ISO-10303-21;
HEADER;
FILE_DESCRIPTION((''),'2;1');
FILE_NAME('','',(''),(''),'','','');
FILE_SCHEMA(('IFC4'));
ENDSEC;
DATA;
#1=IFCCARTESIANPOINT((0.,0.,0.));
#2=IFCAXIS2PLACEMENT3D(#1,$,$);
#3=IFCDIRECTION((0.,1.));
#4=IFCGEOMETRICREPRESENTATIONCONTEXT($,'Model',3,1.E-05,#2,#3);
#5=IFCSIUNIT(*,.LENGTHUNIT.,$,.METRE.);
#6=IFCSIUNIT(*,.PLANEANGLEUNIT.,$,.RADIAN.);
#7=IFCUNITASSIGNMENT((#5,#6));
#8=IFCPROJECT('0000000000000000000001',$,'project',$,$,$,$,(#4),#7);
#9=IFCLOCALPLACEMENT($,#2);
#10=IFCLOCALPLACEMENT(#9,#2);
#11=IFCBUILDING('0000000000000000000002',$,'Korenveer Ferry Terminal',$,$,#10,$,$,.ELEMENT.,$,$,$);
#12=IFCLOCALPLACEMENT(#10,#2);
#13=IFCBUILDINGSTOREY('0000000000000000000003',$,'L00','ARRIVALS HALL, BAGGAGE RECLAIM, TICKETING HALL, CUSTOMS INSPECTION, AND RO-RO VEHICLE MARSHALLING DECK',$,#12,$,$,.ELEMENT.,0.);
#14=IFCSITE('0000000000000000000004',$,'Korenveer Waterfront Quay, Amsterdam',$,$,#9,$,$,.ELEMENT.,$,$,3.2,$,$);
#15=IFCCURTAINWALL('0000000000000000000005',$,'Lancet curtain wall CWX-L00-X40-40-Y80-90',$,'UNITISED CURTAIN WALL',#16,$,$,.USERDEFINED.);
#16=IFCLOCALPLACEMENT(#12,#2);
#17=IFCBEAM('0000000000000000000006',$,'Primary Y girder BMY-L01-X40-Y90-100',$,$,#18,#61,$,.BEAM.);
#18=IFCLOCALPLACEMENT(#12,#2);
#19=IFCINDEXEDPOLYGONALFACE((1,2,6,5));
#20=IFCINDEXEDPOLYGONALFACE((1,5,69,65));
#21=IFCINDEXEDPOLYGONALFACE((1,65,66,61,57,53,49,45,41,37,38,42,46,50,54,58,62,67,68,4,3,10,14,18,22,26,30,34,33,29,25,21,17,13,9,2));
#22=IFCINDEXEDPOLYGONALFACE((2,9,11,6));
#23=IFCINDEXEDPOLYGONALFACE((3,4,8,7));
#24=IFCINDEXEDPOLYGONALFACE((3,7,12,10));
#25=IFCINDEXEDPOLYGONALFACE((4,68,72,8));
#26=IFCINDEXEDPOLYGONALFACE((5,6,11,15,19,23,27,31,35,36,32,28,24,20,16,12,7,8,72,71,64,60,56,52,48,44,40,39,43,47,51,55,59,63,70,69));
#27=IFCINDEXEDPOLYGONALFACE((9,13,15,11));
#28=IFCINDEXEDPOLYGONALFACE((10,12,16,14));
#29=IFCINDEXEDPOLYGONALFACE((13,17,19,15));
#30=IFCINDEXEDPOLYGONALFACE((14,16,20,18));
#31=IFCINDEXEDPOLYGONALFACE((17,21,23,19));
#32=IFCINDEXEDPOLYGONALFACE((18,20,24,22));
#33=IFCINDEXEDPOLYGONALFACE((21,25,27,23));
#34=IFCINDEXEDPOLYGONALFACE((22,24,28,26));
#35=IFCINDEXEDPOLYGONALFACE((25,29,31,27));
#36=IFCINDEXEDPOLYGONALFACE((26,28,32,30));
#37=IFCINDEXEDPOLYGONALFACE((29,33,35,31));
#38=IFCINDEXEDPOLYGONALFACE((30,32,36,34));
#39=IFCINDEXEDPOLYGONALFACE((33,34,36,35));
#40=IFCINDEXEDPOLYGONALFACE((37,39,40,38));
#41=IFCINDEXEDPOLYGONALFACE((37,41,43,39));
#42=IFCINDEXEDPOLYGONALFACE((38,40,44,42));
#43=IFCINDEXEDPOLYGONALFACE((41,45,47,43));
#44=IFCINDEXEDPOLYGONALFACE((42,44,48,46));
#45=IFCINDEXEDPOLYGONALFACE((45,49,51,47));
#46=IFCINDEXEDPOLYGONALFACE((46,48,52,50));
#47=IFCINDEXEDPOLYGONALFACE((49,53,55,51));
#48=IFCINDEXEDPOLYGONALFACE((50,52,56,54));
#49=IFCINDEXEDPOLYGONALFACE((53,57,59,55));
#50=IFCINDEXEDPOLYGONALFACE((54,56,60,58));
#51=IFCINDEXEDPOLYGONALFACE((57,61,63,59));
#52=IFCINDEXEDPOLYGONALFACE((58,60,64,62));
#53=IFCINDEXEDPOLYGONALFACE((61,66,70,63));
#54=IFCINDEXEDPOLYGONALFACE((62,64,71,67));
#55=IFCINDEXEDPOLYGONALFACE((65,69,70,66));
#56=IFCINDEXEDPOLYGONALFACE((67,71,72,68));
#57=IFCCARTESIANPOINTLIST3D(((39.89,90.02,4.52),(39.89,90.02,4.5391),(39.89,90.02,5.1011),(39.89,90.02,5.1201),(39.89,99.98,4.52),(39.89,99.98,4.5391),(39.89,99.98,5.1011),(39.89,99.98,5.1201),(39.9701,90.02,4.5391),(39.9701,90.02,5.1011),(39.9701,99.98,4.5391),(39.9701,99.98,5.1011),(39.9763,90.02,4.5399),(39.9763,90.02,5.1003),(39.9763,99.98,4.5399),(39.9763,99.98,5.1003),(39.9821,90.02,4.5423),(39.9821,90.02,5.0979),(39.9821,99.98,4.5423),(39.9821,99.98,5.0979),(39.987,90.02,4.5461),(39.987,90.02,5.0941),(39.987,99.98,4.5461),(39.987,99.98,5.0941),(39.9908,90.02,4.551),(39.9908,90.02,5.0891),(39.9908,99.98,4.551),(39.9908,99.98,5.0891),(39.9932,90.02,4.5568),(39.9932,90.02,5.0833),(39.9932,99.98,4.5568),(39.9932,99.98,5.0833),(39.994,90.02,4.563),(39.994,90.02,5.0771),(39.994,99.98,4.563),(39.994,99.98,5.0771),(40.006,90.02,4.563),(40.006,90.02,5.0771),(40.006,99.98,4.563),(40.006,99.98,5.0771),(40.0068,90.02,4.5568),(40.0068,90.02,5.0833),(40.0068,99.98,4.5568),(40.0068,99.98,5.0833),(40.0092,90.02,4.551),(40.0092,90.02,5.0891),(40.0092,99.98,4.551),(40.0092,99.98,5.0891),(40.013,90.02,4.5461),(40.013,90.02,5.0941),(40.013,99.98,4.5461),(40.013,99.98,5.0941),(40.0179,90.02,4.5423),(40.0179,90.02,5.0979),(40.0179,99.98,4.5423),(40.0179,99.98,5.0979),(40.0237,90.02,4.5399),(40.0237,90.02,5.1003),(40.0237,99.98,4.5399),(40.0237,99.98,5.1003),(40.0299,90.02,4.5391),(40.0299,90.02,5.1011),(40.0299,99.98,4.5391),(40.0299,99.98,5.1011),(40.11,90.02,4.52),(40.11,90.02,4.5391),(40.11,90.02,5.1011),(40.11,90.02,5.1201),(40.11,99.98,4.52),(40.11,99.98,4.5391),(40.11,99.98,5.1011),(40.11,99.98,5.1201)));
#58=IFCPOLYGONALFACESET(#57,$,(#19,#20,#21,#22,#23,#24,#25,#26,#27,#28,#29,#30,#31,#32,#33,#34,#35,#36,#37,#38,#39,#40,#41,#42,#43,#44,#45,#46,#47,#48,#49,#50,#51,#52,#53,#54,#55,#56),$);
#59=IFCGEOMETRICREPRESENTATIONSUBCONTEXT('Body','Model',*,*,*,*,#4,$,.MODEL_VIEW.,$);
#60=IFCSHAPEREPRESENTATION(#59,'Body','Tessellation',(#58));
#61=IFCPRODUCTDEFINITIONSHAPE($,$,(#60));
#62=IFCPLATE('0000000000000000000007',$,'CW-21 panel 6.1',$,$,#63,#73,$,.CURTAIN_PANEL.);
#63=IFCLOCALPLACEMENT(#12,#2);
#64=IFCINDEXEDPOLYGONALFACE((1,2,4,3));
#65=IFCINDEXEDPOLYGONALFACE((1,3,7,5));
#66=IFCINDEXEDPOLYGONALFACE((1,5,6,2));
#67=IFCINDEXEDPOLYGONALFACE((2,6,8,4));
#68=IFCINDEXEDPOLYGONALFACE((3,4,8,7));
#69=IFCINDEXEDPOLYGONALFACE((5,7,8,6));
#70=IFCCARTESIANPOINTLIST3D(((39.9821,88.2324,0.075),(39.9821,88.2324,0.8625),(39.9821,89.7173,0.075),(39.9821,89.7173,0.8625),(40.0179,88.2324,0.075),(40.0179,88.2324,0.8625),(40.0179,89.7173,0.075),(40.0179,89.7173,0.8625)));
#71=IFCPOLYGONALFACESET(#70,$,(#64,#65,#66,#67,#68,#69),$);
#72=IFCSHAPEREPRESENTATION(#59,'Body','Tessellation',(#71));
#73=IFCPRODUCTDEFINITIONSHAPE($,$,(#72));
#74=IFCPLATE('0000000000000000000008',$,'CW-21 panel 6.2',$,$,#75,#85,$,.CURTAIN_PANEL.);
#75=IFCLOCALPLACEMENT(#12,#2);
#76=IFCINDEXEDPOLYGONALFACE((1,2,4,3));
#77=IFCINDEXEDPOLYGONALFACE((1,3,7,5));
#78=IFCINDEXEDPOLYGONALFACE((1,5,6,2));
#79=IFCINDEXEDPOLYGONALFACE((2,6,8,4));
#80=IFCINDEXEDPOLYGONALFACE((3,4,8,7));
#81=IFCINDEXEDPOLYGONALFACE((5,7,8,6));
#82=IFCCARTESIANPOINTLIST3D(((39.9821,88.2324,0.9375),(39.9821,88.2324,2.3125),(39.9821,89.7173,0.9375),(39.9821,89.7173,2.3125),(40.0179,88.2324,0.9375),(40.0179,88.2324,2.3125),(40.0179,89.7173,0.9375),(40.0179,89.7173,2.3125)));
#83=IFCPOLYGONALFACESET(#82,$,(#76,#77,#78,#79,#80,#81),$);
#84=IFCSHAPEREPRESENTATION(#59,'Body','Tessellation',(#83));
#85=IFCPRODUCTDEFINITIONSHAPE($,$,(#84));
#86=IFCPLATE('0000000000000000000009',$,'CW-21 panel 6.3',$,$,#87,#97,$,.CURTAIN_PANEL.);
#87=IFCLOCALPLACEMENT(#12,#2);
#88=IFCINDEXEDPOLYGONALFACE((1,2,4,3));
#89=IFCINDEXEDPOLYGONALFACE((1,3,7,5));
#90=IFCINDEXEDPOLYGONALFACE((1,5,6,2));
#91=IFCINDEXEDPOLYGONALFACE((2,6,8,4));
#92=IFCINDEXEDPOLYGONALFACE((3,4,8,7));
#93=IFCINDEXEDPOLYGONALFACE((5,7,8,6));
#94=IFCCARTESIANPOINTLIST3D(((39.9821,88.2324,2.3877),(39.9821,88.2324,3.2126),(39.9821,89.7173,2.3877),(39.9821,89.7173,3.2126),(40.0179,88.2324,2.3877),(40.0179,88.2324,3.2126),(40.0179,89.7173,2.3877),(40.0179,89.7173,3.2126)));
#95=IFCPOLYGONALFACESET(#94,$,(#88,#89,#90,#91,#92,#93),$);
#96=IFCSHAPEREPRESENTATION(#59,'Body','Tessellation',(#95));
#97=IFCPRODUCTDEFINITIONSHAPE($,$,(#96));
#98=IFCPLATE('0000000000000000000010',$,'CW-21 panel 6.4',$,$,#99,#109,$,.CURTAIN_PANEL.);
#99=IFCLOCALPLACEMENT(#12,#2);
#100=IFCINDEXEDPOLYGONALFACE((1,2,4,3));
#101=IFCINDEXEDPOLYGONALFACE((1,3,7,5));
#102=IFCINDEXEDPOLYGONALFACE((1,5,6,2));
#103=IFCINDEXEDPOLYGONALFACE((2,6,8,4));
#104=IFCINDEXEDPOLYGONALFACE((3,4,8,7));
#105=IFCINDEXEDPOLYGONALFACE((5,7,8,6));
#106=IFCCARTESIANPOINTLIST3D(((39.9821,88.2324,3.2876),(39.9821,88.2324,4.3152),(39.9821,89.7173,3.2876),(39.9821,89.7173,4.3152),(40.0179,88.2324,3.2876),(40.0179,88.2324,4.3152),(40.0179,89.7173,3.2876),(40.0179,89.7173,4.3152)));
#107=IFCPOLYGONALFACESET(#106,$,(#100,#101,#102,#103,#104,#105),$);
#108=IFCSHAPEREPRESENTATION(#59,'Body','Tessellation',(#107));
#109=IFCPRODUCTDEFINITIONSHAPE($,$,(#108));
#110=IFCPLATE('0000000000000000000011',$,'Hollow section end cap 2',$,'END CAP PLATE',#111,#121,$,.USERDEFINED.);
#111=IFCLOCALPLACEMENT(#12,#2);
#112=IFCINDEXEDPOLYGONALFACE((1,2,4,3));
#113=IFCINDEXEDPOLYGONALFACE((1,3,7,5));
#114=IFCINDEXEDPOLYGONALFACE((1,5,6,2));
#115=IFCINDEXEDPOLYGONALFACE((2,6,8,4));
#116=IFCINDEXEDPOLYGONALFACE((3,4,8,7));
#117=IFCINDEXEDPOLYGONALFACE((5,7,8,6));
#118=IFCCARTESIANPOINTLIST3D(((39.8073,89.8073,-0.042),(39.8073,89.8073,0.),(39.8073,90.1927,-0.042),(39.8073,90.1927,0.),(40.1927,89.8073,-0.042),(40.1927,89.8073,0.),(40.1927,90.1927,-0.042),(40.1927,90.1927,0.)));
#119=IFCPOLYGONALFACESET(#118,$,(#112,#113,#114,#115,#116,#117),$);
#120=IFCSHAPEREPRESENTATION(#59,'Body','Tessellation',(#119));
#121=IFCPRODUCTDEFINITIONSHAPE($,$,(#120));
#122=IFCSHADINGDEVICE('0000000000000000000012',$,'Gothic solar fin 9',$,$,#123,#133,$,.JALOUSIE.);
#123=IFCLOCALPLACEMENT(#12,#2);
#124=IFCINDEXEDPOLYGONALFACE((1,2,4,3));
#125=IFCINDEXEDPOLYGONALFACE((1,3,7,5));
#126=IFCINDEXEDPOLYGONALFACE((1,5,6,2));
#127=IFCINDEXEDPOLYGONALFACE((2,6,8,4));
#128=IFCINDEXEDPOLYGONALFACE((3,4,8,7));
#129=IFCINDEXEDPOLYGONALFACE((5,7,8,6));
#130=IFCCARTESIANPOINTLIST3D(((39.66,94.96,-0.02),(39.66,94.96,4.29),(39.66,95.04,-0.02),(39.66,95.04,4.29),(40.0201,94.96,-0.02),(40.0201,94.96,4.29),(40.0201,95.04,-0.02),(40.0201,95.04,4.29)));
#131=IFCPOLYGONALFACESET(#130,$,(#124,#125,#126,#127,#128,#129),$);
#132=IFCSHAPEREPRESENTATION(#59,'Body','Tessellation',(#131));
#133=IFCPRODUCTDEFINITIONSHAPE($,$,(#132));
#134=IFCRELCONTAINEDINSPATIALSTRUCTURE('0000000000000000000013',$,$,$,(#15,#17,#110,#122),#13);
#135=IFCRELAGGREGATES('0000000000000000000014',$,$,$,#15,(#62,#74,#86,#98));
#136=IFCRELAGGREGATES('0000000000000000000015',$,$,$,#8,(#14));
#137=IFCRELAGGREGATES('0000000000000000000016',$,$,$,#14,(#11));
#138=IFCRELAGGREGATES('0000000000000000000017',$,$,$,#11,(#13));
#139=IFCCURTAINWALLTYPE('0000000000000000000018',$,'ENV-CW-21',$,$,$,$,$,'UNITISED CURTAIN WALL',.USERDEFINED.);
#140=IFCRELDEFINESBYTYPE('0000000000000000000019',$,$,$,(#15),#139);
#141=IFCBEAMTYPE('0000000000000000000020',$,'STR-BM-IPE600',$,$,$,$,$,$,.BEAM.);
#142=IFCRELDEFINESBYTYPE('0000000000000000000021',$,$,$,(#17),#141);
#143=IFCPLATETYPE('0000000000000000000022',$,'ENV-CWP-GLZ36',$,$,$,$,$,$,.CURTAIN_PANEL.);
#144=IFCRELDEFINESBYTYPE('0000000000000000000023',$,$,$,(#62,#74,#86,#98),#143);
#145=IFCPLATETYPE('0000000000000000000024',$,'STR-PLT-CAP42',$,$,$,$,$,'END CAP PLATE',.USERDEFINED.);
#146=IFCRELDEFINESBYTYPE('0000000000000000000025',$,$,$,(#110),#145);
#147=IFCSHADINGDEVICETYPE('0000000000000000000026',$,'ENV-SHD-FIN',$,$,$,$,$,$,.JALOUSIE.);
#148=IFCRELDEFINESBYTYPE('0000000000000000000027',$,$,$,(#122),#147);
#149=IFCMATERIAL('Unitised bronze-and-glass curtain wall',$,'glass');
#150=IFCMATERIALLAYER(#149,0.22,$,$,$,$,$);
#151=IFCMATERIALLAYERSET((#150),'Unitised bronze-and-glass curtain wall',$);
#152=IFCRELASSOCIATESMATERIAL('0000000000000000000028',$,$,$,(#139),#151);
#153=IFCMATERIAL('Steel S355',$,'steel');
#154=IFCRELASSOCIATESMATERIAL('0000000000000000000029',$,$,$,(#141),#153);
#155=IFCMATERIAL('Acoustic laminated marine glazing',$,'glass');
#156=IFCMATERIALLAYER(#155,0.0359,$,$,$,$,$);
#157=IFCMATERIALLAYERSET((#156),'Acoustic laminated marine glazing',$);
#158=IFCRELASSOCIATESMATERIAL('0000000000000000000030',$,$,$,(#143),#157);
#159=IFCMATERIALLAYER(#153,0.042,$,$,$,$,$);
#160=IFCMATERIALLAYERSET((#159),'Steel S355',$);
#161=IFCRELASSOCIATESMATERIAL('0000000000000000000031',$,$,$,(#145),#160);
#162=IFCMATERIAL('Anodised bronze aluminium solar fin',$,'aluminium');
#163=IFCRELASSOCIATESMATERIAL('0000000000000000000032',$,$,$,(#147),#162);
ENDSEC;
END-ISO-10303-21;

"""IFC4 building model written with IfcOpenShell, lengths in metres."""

from ifc_helpers import new_model, si_unit, direction, frame, origin, origin_2d, place, context, subcontext, project, spatial, rectangle, i_section, extrude, material, layer, layer_set, material_profile, profile_set, type_object, element, aggregate, save


model = new_model("IFC4")

# Units and contexts
model_context = context("Model", 3, precision=1e-05, world=origin(), true_north=direction((0.0, 1.0)))
body_context = subcontext(model_context, "Body", "Model", "MODEL_VIEW")
ifc_project = project(units=[si_unit("LENGTHUNIT", "METRE"), si_unit("PLANEANGLEUNIT", "RADIAN")], contexts=[model_context])

# Site, building, storey
site_placement = place(None, origin())
site = spatial("IfcSite", under=ifc_project, at=site_placement, Name="Korenveer Waterfront Quay, Amsterdam", CompositionType="ELEMENT", RefElevation=3.2)
building_placement = place(site_placement, origin())
building = spatial("IfcBuilding", under=site, at=building_placement, Name="Korenveer Ferry Terminal", CompositionType="ELEMENT")
storey_placement = place(building_placement, origin())
storey = spatial("IfcBuildingStorey", under=building, at=storey_placement, Name="L00", Description="ARRIVALS HALL, BAGGAGE RECLAIM, TICKETING HALL, CUSTOMS INSPECTION, AND RO-RO VEHICLE MARSHALLING DECK", CompositionType="ELEMENT", Elevation=0.0)

# Shared definitions
ifc_material_1 = material(Name="Steel S355", Category="steel")

# Curtain wall
ifc_material_2 = material(Name="Unitised bronze-and-glass curtain wall", Category="glass")
ifc_layer_1 = layer(ifc_material_2, 0.22)
ifc_layer_set_1 = layer_set([ifc_layer_1], Name="Unitised bronze-and-glass curtain wall")
curtain_wall_type_1 = type_object("IfcCurtainWallType", Name="ENV-CW-21", ElementType="UNITISED CURTAIN WALL", PredefinedType="USERDEFINED", material=ifc_layer_set_1)
curtain_wall_1_placement = place(storey_placement, frame((40.0, 80.2078, 0.0)))
curtain_wall_1 = element("IfcCurtainWall", 1, at=curtain_wall_1_placement, inside=storey, type_object=curtain_wall_type_1, Name="Lancet curtain wall CWX-L00-X40-40-Y80-90", ObjectType="UNITISED CURTAIN WALL", PredefinedType="USERDEFINED")

# Beam
ifc_material_profile_1 = material_profile(ifc_material_1, i_section(OverallWidth=0.22, OverallDepth=0.6001, WebThickness=0.012, FlangeThickness=0.019, FilletRadius=0.0239, at=origin_2d()), Name="IPE 600")
ifc_profile_set_1 = profile_set([ifc_material_profile_1], Name="Steel S355")
beam_type = type_object("IfcBeamType", Name="STR-BM-IPE600", PredefinedType="BEAM", material=ifc_profile_set_1)
beam_placement = place(storey_placement, frame((40.0, 90.02, 4.8201), z_axis=(0.0, 1.0, 0.0), x_axis=(-1.0, 0.0, 0.0)))
element("IfcBeam", 2, at=beam_placement, inside=storey, type_object=beam_type, Name="Primary Y girder BMY-L01-X40-Y90-100", PredefinedType="BEAM", context=body_context, shape_type="SweptSolid", body=[
    extrude(i_section(OverallWidth=0.22, OverallDepth=0.6001, WebThickness=0.012, FlangeThickness=0.019, FilletRadius=0.0239, at=origin_2d()), origin(), (0.0, 0.0, 1.0), 9.96),
])

# Plates
ifc_material_3 = material(Name="Acoustic laminated marine glazing", Category="glass")
ifc_layer_2 = layer(ifc_material_3, 0.0359)
ifc_layer_set_2 = layer_set([ifc_layer_2], Name="Acoustic laminated marine glazing")
plate_type_1 = type_object("IfcPlateType", Name="ENV-CWP-GLZ36", PredefinedType="CURTAIN_PANEL", material=ifc_layer_set_2)
plate_1_placement = place(storey_placement, frame((40.0, 88.9749, 0.075), z_axis=(0.0, 0.0, 1.0), x_axis=(0.0, 1.0, 0.0)))
plate_1 = element("IfcPlate", 3, at=plate_1_placement, type_object=plate_type_1, Name="CW-21 panel 6.1", PredefinedType="CURTAIN_PANEL", context=body_context, shape_type="SweptSolid", body=[
    extrude(rectangle(XDim=1.4849, YDim=0.0359, at=origin_2d()), origin(), (0.0, 0.0, 1.0), 0.7876),
])
plate_2_placement = place(storey_placement, frame((40.0, 88.9749, 0.9375), z_axis=(0.0, 0.0, 1.0), x_axis=(0.0, 1.0, 0.0)))
plate_2 = element("IfcPlate", 4, at=plate_2_placement, type_object=plate_type_1, Name="CW-21 panel 6.2", PredefinedType="CURTAIN_PANEL", context=body_context, shape_type="SweptSolid", body=[
    extrude(rectangle(XDim=1.4849, YDim=0.0359, at=origin_2d()), origin(), (0.0, 0.0, 1.0), 1.375),
])
plate_3_placement = place(storey_placement, frame((40.0, 88.9749, 2.3877), z_axis=(0.0, 0.0, 1.0), x_axis=(0.0, 1.0, 0.0)))
plate_3 = element("IfcPlate", 5, at=plate_3_placement, type_object=plate_type_1, Name="CW-21 panel 6.3", PredefinedType="CURTAIN_PANEL", context=body_context, shape_type="SweptSolid", body=[
    extrude(rectangle(XDim=1.4849, YDim=0.0359, at=origin_2d()), origin(), (0.0, 0.0, 1.0), 0.825),
])
plate_4_placement = place(storey_placement, frame((40.0, 88.9749, 3.2876), z_axis=(0.0, 0.0, 1.0), x_axis=(0.0, 1.0, 0.0)))
plate_4 = element("IfcPlate", 6, at=plate_4_placement, type_object=plate_type_1, Name="CW-21 panel 6.4", PredefinedType="CURTAIN_PANEL", context=body_context, shape_type="SweptSolid", body=[
    extrude(rectangle(XDim=1.4849, YDim=0.0359, at=origin_2d()), origin(), (0.0, 0.0, 1.0), 1.0276),
])
aggregate(curtain_wall_1, [plate_1, plate_2, plate_3, plate_4])
ifc_layer_3 = layer(ifc_material_1, 0.042)
ifc_layer_set_3 = layer_set([ifc_layer_3], Name="Steel S355")
plate_type_2 = type_object("IfcPlateType", Name="STR-PLT-CAP42", ElementType="END CAP PLATE", PredefinedType="USERDEFINED", material=ifc_layer_set_3)
plate_5_placement = place(storey_placement, frame((40.0, 90.0, -0.042), z_axis=(0.0, 0.0, 1.0), x_axis=(1.0, 0.0, 0.0)))
element("IfcPlate", 7, at=plate_5_placement, inside=storey, type_object=plate_type_2, Name="Hollow section end cap 2", ObjectType="END CAP PLATE", PredefinedType="USERDEFINED", context=body_context, shape_type="SweptSolid", body=[
    extrude(rectangle(XDim=0.3855, YDim=0.3855, at=origin_2d()), origin(), (0.0, 0.0, 1.0), 0.042),
])

# Shading device
ifc_material_4 = material(Name="Anodised bronze aluminium solar fin", Category="aluminium")
shading_device_type = type_object("IfcShadingDeviceType", Name="ENV-SHD-FIN", PredefinedType="JALOUSIE", material=ifc_material_4)
shading_device_placement = place(storey_placement, frame((39.8401, 95.0, -0.02), z_axis=(0.0, 0.0, 1.0), x_axis=(1.0, 0.0, 0.0)))
element("IfcShadingDevice", 8, at=shading_device_placement, inside=storey, type_object=shading_device_type, Name="Gothic solar fin 9", PredefinedType="JALOUSIE", context=body_context, shape_type="SweptSolid", body=[
    extrude(rectangle(XDim=0.3601, YDim=0.0801, at=origin_2d()), origin(), (0.0, 0.0, 1.0), 4.3101),
])

save(model, "model.ifc")
